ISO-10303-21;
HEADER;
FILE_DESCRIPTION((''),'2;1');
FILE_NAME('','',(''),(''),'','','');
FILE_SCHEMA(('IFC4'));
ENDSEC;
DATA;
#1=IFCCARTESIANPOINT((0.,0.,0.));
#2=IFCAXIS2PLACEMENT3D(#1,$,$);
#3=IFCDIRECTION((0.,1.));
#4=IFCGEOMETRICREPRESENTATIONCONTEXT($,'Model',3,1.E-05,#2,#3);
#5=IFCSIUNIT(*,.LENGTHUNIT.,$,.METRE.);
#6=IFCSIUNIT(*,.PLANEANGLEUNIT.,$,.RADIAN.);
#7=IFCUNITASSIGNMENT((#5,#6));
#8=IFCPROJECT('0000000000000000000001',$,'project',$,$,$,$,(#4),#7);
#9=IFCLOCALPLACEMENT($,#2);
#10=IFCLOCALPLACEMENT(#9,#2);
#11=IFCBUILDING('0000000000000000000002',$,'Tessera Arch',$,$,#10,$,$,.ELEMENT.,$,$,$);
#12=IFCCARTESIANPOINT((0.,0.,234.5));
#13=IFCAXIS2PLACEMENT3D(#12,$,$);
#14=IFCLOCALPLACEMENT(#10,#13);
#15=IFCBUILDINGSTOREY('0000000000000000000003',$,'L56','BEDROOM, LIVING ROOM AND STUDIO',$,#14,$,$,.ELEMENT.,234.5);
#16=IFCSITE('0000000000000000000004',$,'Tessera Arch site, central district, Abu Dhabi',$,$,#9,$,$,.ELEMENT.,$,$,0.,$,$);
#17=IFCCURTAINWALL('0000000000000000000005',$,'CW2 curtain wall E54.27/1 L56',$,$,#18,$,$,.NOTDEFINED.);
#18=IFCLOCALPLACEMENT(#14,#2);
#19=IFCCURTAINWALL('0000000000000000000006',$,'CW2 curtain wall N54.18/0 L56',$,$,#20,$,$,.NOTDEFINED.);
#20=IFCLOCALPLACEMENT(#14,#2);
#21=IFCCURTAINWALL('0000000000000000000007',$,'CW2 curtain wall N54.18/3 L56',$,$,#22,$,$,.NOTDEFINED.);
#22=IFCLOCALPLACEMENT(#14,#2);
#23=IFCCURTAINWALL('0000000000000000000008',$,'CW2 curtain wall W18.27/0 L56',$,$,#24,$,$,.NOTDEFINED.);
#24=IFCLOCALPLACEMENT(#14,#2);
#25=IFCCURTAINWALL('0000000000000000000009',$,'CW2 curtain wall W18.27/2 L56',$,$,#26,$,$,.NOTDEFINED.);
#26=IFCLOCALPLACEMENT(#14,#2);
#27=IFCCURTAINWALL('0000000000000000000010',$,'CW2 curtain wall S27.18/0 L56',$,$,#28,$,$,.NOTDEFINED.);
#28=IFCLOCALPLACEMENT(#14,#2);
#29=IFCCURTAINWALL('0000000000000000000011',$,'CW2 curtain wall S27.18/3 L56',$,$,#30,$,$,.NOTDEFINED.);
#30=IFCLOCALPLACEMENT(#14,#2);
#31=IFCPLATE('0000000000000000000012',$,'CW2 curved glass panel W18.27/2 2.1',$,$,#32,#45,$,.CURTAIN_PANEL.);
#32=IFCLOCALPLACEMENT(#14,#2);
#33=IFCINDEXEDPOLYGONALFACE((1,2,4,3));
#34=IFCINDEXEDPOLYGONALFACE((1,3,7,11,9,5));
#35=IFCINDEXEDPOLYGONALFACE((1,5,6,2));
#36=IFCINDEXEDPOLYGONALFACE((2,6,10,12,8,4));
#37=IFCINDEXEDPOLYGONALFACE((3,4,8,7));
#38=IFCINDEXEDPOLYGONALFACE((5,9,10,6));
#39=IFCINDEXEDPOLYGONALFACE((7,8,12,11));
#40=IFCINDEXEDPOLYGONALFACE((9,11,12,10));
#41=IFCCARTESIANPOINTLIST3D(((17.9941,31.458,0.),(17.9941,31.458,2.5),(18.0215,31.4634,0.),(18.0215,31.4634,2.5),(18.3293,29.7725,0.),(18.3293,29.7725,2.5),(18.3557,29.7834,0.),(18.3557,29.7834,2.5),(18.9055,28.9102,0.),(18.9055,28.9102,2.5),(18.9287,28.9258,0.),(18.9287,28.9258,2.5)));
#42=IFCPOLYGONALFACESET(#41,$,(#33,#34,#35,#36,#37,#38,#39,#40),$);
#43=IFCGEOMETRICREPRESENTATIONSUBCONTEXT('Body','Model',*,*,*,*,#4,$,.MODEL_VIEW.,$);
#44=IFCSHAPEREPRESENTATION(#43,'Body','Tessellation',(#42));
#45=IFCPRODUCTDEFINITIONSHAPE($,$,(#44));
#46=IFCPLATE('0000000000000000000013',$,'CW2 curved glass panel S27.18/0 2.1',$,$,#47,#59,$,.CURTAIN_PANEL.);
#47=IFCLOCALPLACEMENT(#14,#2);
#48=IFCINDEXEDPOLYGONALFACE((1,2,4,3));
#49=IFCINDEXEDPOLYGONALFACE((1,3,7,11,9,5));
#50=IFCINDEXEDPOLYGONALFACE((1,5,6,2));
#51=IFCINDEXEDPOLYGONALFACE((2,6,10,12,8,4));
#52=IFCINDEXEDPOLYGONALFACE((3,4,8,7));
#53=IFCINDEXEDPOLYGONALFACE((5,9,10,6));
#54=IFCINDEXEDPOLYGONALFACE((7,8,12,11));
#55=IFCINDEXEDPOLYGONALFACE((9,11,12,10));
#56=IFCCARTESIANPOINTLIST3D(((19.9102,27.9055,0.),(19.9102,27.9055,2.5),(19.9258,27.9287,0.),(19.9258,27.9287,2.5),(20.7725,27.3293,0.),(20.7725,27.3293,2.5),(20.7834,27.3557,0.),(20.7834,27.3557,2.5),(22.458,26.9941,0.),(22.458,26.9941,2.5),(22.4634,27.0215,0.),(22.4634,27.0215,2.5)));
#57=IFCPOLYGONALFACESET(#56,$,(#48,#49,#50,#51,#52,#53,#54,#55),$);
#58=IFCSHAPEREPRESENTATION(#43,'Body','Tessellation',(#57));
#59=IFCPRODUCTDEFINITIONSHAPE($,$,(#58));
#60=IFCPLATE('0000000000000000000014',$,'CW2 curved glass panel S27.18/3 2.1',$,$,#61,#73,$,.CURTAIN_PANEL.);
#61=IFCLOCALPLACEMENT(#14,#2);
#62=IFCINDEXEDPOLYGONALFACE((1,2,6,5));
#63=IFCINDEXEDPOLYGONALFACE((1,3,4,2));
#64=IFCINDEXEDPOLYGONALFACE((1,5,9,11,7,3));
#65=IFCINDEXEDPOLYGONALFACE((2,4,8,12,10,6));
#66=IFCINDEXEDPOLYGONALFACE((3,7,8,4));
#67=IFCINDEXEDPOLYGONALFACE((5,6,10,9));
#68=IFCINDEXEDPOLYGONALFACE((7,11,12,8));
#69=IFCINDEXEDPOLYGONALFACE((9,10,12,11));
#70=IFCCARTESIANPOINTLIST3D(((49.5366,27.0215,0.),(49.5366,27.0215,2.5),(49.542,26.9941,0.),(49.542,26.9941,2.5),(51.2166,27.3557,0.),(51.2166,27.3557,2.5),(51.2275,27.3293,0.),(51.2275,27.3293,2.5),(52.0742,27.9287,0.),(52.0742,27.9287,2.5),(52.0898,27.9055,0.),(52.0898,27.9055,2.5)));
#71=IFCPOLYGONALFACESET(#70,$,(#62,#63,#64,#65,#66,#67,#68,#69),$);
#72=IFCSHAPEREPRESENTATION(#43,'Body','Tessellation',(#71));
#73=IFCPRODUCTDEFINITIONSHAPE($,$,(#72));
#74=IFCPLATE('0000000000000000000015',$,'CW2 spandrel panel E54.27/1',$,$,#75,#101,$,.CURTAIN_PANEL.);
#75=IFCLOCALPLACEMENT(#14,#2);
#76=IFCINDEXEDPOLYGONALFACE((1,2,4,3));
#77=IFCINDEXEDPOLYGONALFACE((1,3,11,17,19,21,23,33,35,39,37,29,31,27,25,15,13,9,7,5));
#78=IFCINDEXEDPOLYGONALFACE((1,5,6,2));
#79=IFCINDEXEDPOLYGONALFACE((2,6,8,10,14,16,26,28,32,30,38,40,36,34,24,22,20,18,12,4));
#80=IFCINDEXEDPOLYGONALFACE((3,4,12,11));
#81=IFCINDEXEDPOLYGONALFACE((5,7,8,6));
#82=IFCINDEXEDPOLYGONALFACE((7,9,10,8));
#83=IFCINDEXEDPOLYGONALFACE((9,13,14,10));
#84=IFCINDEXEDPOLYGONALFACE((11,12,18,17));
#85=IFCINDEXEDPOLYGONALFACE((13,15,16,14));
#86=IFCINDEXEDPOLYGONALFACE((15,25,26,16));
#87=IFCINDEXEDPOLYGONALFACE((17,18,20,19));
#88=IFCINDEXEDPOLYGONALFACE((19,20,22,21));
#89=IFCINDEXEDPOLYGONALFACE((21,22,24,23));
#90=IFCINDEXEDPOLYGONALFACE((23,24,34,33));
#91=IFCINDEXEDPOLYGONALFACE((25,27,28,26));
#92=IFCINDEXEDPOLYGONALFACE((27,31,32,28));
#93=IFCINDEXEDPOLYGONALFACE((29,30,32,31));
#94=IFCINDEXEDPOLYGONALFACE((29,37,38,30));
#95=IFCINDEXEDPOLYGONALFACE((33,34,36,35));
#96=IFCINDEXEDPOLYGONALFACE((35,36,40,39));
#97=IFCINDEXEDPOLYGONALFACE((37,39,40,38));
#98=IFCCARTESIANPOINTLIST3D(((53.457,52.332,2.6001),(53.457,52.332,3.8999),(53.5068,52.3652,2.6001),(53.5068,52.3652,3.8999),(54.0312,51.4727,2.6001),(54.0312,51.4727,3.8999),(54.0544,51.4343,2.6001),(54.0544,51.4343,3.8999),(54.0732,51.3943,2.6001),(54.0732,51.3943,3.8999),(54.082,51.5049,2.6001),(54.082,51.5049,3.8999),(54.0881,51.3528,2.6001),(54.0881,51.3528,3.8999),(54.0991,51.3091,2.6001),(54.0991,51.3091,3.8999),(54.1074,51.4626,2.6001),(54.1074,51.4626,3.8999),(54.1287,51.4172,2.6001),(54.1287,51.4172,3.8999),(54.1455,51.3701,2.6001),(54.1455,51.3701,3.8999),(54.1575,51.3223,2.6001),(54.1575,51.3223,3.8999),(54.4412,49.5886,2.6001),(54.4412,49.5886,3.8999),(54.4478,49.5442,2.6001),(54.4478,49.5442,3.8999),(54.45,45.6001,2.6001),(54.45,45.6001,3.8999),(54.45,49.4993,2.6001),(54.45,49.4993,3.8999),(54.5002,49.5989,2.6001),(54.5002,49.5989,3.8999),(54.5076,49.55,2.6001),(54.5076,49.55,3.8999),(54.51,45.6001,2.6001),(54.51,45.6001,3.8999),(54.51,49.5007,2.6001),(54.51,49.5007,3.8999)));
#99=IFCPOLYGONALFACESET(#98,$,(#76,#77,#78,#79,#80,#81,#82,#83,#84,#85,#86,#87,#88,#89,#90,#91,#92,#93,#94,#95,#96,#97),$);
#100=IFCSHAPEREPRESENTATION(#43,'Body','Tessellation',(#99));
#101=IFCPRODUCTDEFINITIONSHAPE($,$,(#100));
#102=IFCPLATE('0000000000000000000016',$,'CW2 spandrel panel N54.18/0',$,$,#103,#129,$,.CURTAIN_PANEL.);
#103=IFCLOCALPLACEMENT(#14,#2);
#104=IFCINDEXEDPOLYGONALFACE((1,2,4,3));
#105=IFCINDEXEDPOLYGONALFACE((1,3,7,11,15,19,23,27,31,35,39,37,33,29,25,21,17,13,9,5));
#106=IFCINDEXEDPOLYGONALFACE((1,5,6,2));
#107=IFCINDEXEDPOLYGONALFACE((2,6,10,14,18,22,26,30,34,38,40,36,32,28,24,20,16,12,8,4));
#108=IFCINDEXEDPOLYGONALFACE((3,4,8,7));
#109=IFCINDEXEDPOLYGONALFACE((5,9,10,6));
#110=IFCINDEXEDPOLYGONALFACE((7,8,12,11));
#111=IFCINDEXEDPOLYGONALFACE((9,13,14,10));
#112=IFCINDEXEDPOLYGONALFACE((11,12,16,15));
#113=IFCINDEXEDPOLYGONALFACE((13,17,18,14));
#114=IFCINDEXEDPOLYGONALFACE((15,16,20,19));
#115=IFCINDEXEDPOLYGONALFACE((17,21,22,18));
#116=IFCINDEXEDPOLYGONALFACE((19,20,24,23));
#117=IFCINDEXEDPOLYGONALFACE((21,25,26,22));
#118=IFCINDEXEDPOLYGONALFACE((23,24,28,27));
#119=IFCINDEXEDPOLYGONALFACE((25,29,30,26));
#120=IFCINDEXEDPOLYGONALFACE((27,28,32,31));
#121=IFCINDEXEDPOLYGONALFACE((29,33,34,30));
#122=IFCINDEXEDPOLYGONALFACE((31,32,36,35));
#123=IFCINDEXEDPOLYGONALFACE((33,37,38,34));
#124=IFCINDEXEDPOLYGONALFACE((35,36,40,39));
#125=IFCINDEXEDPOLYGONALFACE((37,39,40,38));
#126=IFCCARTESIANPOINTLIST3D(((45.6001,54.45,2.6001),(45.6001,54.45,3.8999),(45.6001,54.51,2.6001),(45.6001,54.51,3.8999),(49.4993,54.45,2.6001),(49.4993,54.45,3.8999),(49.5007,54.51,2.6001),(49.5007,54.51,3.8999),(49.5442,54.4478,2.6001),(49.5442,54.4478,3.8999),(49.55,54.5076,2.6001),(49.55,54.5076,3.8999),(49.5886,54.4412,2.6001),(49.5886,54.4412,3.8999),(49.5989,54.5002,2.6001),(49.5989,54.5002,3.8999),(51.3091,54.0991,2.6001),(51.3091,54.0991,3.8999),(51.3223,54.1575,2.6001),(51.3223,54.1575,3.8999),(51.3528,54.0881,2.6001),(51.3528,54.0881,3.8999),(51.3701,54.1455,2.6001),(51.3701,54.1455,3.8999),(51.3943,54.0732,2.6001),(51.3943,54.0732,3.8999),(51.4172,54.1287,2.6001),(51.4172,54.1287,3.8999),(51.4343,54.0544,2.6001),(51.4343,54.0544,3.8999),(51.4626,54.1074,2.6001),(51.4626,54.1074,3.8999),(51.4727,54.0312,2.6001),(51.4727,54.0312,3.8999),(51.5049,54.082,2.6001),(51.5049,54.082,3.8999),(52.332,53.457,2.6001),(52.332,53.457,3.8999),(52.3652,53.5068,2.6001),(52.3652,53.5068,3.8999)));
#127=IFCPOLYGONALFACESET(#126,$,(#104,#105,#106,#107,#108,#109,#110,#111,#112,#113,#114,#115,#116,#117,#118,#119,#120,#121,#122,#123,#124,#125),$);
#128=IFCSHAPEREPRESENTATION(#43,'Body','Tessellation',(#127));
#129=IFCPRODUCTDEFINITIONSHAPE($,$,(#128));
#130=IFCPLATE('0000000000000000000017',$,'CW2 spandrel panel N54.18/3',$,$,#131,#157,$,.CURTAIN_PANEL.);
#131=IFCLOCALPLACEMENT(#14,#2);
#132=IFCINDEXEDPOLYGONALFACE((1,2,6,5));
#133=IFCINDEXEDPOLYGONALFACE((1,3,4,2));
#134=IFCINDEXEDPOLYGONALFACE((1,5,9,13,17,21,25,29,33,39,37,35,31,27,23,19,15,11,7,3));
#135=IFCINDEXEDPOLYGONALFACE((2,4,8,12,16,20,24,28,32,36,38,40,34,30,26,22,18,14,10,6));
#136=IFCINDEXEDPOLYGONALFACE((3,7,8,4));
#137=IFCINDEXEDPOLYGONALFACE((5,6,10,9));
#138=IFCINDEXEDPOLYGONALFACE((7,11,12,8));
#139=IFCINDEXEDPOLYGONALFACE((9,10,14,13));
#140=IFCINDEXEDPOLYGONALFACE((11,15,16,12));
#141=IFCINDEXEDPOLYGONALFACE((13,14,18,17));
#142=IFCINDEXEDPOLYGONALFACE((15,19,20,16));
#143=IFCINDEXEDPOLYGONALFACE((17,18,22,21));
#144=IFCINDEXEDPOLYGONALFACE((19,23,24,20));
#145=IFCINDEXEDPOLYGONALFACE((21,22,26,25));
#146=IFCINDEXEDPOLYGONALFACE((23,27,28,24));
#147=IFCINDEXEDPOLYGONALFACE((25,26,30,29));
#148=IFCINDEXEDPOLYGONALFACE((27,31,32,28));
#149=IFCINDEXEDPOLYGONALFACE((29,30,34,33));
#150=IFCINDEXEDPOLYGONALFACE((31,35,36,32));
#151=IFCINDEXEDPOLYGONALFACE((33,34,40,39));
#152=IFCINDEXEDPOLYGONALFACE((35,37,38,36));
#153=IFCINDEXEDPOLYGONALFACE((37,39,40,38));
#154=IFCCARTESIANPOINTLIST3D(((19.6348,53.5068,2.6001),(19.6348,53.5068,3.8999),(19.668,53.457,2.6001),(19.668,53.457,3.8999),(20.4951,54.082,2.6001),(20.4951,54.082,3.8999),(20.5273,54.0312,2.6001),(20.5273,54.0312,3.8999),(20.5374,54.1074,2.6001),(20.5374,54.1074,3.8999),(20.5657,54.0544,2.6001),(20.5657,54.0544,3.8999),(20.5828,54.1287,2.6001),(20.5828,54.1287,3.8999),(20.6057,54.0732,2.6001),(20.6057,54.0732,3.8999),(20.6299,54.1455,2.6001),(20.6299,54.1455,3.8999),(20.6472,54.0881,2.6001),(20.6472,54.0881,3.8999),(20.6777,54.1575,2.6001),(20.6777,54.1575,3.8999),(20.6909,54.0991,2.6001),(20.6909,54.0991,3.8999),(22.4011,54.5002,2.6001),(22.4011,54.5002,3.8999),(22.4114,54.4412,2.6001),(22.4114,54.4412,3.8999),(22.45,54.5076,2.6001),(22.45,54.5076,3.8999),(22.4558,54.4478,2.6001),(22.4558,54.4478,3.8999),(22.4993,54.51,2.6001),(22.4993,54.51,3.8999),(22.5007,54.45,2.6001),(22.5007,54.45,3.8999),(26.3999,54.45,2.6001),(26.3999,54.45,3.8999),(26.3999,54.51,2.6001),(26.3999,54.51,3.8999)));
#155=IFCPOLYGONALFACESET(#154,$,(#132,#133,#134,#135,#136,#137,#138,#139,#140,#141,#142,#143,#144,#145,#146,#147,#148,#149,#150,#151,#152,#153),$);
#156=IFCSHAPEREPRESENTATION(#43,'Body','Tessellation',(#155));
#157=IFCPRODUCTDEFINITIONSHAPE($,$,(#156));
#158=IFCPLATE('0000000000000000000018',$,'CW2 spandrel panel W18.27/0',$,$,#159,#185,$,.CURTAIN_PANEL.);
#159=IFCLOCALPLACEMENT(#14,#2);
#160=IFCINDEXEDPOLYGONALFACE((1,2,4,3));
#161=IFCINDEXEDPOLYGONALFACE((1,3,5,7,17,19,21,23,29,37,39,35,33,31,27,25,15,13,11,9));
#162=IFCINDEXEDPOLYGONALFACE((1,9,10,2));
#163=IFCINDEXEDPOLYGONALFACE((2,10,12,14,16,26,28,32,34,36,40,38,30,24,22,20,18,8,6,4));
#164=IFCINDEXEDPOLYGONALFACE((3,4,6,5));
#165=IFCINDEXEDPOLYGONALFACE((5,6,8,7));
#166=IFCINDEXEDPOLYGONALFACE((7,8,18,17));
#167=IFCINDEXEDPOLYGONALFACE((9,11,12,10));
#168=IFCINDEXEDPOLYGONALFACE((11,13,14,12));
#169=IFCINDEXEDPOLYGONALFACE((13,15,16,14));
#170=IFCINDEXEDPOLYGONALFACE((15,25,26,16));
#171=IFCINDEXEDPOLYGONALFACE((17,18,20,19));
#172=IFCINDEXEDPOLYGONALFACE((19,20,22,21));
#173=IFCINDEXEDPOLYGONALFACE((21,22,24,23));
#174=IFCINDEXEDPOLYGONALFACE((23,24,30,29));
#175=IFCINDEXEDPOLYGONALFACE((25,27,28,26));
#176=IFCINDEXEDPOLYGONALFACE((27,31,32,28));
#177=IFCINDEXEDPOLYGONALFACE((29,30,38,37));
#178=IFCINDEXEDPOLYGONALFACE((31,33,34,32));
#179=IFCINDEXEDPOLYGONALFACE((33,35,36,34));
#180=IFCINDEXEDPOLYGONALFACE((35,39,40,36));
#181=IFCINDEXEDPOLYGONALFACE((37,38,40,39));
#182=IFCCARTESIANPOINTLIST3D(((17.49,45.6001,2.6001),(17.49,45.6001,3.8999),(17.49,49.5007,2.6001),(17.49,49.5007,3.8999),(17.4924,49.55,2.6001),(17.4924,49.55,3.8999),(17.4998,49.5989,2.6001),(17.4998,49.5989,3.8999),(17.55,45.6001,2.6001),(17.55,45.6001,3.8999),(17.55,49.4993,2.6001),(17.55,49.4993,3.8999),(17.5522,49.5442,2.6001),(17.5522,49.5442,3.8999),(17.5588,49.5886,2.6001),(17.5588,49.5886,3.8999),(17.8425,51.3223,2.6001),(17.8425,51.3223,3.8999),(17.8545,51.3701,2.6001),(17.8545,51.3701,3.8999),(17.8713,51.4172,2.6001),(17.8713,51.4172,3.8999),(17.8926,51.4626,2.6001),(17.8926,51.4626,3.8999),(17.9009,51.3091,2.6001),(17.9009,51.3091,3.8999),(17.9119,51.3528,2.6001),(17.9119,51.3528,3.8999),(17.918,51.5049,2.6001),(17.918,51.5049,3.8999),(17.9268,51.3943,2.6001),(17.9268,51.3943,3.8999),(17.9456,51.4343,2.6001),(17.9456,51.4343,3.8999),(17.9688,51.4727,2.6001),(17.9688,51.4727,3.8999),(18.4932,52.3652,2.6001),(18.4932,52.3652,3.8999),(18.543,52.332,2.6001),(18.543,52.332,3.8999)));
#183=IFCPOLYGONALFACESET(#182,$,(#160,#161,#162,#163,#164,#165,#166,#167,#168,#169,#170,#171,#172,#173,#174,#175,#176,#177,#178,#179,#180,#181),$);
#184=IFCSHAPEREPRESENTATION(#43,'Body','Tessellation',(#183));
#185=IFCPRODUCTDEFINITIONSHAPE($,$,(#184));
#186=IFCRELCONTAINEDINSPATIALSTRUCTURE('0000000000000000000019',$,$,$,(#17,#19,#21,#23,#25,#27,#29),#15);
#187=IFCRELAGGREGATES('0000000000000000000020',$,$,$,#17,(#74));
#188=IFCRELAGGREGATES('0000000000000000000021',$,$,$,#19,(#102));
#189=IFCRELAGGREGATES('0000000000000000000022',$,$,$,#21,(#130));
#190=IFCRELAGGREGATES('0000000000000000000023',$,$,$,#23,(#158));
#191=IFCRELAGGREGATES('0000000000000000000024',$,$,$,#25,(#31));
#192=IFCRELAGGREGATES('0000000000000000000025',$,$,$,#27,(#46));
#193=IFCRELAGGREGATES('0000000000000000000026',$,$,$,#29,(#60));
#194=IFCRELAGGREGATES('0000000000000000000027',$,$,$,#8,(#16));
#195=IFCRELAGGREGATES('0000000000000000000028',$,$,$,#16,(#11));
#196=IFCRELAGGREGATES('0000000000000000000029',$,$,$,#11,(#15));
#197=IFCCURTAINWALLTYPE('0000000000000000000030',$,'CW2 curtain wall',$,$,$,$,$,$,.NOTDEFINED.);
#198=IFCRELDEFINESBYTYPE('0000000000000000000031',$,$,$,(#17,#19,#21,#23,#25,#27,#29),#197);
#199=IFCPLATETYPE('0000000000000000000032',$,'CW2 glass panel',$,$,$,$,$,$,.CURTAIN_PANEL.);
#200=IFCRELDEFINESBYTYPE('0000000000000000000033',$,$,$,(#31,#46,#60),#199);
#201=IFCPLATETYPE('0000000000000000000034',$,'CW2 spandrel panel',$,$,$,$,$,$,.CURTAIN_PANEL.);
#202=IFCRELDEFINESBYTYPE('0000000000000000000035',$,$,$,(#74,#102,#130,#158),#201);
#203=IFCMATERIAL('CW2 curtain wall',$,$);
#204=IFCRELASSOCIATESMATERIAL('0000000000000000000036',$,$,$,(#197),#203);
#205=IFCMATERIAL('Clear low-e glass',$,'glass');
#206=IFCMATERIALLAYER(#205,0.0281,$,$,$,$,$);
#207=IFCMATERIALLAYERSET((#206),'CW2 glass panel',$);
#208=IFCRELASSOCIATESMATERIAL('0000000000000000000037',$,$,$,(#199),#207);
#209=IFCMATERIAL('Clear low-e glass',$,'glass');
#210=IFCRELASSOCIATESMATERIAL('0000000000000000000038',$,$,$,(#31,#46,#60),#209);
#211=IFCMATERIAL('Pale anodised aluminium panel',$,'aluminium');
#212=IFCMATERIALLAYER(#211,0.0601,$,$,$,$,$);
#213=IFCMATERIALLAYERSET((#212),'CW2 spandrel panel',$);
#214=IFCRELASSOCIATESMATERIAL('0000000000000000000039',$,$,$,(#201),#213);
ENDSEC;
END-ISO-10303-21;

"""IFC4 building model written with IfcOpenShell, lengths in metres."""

from ifc_helpers import new_model, si_unit, direction, frame, origin, place, context, subcontext, project, spatial, polyline, outline, extrude, material, layer, layer_set, type_object, element, aggregate, save


model = new_model("IFC4")

# Units and contexts
model_context = context("Model", 3, precision=1e-05, world=origin(), true_north=direction((0.0, 1.0)))
body_context = subcontext(model_context, "Body", "Model", "MODEL_VIEW")
ifc_project = project(units=[si_unit("LENGTHUNIT", "METRE"), si_unit("PLANEANGLEUNIT", "RADIAN")], contexts=[model_context])

# Site, building, storey
site_placement = place(None, origin())
site = spatial("IfcSite", under=ifc_project, at=site_placement, Name="Tessera Arch site, central district, Abu Dhabi", CompositionType="ELEMENT", RefElevation=0.0)
building_placement = place(site_placement, origin())
building = spatial("IfcBuilding", under=site, at=building_placement, Name="Tessera Arch", CompositionType="ELEMENT")
storey_placement = place(building_placement, frame((0.0, 0.0, 234.5)))
storey = spatial("IfcBuildingStorey", under=building, at=storey_placement, Name="L56", Description="BEDROOM, LIVING ROOM AND STUDIO", CompositionType="ELEMENT", Elevation=234.5)

# Curtain walls
ifc_material_1 = material(Name="CW2 curtain wall")
curtain_wall_type = type_object("IfcCurtainWallType", Name="CW2 curtain wall", PredefinedType="NOTDEFINED", material=ifc_material_1)
curtain_wall_1_placement = place(storey_placement, origin())
curtain_wall_1 = element("IfcCurtainWall", 1, at=curtain_wall_1_placement, inside=storey, type_object=curtain_wall_type, Name="CW2 curtain wall E54.27/1 L56", PredefinedType="NOTDEFINED")
curtain_wall_2_placement = place(storey_placement, origin())
curtain_wall_2 = element("IfcCurtainWall", 2, at=curtain_wall_2_placement, inside=storey, type_object=curtain_wall_type, Name="CW2 curtain wall N54.18/0 L56", PredefinedType="NOTDEFINED")
curtain_wall_3_placement = place(storey_placement, origin())
curtain_wall_3 = element("IfcCurtainWall", 3, at=curtain_wall_3_placement, inside=storey, type_object=curtain_wall_type, Name="CW2 curtain wall N54.18/3 L56", PredefinedType="NOTDEFINED")
curtain_wall_4_placement = place(storey_placement, origin())
curtain_wall_4 = element("IfcCurtainWall", 4, at=curtain_wall_4_placement, inside=storey, type_object=curtain_wall_type, Name="CW2 curtain wall W18.27/0 L56", PredefinedType="NOTDEFINED")
curtain_wall_5_placement = place(storey_placement, origin())
curtain_wall_5 = element("IfcCurtainWall", 5, at=curtain_wall_5_placement, inside=storey, type_object=curtain_wall_type, Name="CW2 curtain wall W18.27/2 L56", PredefinedType="NOTDEFINED")
curtain_wall_6_placement = place(storey_placement, origin())
curtain_wall_6 = element("IfcCurtainWall", 6, at=curtain_wall_6_placement, inside=storey, type_object=curtain_wall_type, Name="CW2 curtain wall S27.18/0 L56", PredefinedType="NOTDEFINED")
curtain_wall_7_placement = place(storey_placement, origin())
curtain_wall_7 = element("IfcCurtainWall", 7, at=curtain_wall_7_placement, inside=storey, type_object=curtain_wall_type, Name="CW2 curtain wall S27.18/3 L56", PredefinedType="NOTDEFINED")

# Plates
ifc_material_2 = material(Name="Clear low-e glass", Category="glass")
ifc_material_3 = material(Name="Clear low-e glass", Category="glass")
ifc_layer_1 = layer(ifc_material_3, 0.0281)
ifc_layer_set_1 = layer_set([ifc_layer_1], Name="CW2 glass panel")
plate_type_1 = type_object("IfcPlateType", Name="CW2 glass panel", PredefinedType="CURTAIN_PANEL", material=ifc_layer_set_1)
plate_1_placement = place(storey_placement, origin())
plate_1 = element("IfcPlate", 8, at=plate_1_placement, type_object=plate_type_1, material=ifc_material_2, Name="CW2 curved glass panel W18.27/2 2.1", PredefinedType="CURTAIN_PANEL", context=body_context, shape_type="SweptSolid", body=[
    extrude(outline(polyline([(18.3557, 29.7834), (18.0215, 31.4634), (17.9941, 31.458), (18.3293, 29.7725), (18.9055, 28.9102), (18.9287, 28.9258), (18.3557, 29.7834)])), origin(), (0.0, 0.0, 1.0), 2.5),
])
plate_2_placement = place(storey_placement, origin())
plate_2 = element("IfcPlate", 9, at=plate_2_placement, type_object=plate_type_1, material=ifc_material_2, Name="CW2 curved glass panel S27.18/0 2.1", PredefinedType="CURTAIN_PANEL", context=body_context, shape_type="SweptSolid", body=[
    extrude(outline(polyline([(20.7834, 27.3557), (19.9258, 27.9287), (19.9102, 27.9055), (20.7725, 27.3293), (22.458, 26.9941), (22.4634, 27.0215), (20.7834, 27.3557)])), origin(), (0.0, 0.0, 1.0), 2.5),
])
plate_3_placement = place(storey_placement, origin())
plate_3 = element("IfcPlate", 10, at=plate_3_placement, type_object=plate_type_1, material=ifc_material_2, Name="CW2 curved glass panel S27.18/3 2.1", PredefinedType="CURTAIN_PANEL", context=body_context, shape_type="SweptSolid", body=[
    extrude(outline(polyline([(51.2166, 27.3557), (49.5366, 27.0215), (49.542, 26.9941), (51.2275, 27.3293), (52.0898, 27.9055), (52.0742, 27.9287), (51.2166, 27.3557)])), origin(), (0.0, 0.0, 1.0), 2.5),
])
ifc_material_4 = material(Name="Pale anodised aluminium panel", Category="aluminium")
ifc_layer_2 = layer(ifc_material_4, 0.0601)
ifc_layer_set_2 = layer_set([ifc_layer_2], Name="CW2 spandrel panel")
plate_type_2 = type_object("IfcPlateType", Name="CW2 spandrel panel", PredefinedType="CURTAIN_PANEL", material=ifc_layer_set_2)
plate_4_placement = place(storey_placement, frame((0.0, 0.0, 2.6001)))
plate_4 = element("IfcPlate", 11, at=plate_4_placement, type_object=plate_type_2, Name="CW2 spandrel panel E54.27/1", PredefinedType="CURTAIN_PANEL", context=body_context, shape_type="SweptSolid", body=[
    extrude(outline(polyline([(54.45, 49.4993), (54.45, 45.6001), (54.51, 45.6001), (54.51, 49.5007), (54.5076, 49.55), (54.5002, 49.5989), (54.1575, 51.3223), (54.1455, 51.3701), (54.1287, 51.4172), (54.1074, 51.4626), (54.082, 51.5049), (53.5068, 52.3652), (53.457, 52.332), (54.0312, 51.4727), (54.0544, 51.4343), (54.0732, 51.3943), (54.0881, 51.3528), (54.0991, 51.3091), (54.4412, 49.5886), (54.4478, 49.5442), (54.45, 49.4993)])), origin(), (0.0, 0.0, 1.0), 1.2998),
])
aggregate(curtain_wall_1, [plate_4])
plate_5_placement = place(storey_placement, frame((0.0, 0.0, 2.6001)))
plate_5 = element("IfcPlate", 12, at=plate_5_placement, type_object=plate_type_2, Name="CW2 spandrel panel N54.18/0", PredefinedType="CURTAIN_PANEL", context=body_context, shape_type="SweptSolid", body=[
    extrude(outline(polyline([(51.4727, 54.0312), (52.332, 53.457), (52.3652, 53.5068), (51.5049, 54.082), (51.4626, 54.1074), (51.4172, 54.1287), (51.3701, 54.1455), (51.3223, 54.1575), (49.5989, 54.5002), (49.55, 54.5076), (49.5007, 54.51), (45.6001, 54.51), (45.6001, 54.45), (49.4993, 54.45), (49.5442, 54.4478), (49.5886, 54.4412), (51.3091, 54.0991), (51.3528, 54.0881), (51.3943, 54.0732), (51.4343, 54.0544), (51.4727, 54.0312)])), origin(), (0.0, 0.0, 1.0), 1.2998),
])
aggregate(curtain_wall_2, [plate_5])
plate_6_placement = place(storey_placement, frame((0.0, 0.0, 2.6001)))
plate_6 = element("IfcPlate", 13, at=plate_6_placement, type_object=plate_type_2, Name="CW2 spandrel panel N54.18/3", PredefinedType="CURTAIN_PANEL", context=body_context, shape_type="SweptSolid", body=[
    extrude(outline(polyline([(22.5007, 54.45), (26.3999, 54.45), (26.3999, 54.51), (22.4993, 54.51), (22.45, 54.5076), (22.4011, 54.5002), (20.6777, 54.1575), (20.6299, 54.1455), (20.5828, 54.1287), (20.5374, 54.1074), (20.4951, 54.082), (19.6348, 53.5068), (19.668, 53.457), (20.5273, 54.0312), (20.5657, 54.0544), (20.6057, 54.0732), (20.6472, 54.0881), (20.6909, 54.0991), (22.4114, 54.4412), (22.4558, 54.4478), (22.5007, 54.45)])), origin(), (0.0, 0.0, 1.0), 1.2998),
])
aggregate(curtain_wall_3, [plate_6])
plate_7_placement = place(storey_placement, frame((0.0, 0.0, 2.6001)))
plate_7 = element("IfcPlate", 14, at=plate_7_placement, type_object=plate_type_2, Name="CW2 spandrel panel W18.27/0", PredefinedType="CURTAIN_PANEL", context=body_context, shape_type="SweptSolid", body=[
    extrude(outline(polyline([(17.9688, 51.4727), (18.543, 52.332), (18.4932, 52.3652), (17.918, 51.5049), (17.8926, 51.4626), (17.8713, 51.4172), (17.8545, 51.3701), (17.8425, 51.3223), (17.4998, 49.5989), (17.4924, 49.55), (17.49, 49.5007), (17.49, 45.6001), (17.55, 45.6001), (17.55, 49.4993), (17.5522, 49.5442), (17.5588, 49.5886), (17.9009, 51.3091), (17.9119, 51.3528), (17.9268, 51.3943), (17.9456, 51.4343), (17.9688, 51.4727)])), origin(), (0.0, 0.0, 1.0), 1.2998),
])
aggregate(curtain_wall_4, [plate_7])
aggregate(curtain_wall_5, [plate_1])
aggregate(curtain_wall_6, [plate_2])
aggregate(curtain_wall_7, [plate_3])

save(model, "model.ifc")
